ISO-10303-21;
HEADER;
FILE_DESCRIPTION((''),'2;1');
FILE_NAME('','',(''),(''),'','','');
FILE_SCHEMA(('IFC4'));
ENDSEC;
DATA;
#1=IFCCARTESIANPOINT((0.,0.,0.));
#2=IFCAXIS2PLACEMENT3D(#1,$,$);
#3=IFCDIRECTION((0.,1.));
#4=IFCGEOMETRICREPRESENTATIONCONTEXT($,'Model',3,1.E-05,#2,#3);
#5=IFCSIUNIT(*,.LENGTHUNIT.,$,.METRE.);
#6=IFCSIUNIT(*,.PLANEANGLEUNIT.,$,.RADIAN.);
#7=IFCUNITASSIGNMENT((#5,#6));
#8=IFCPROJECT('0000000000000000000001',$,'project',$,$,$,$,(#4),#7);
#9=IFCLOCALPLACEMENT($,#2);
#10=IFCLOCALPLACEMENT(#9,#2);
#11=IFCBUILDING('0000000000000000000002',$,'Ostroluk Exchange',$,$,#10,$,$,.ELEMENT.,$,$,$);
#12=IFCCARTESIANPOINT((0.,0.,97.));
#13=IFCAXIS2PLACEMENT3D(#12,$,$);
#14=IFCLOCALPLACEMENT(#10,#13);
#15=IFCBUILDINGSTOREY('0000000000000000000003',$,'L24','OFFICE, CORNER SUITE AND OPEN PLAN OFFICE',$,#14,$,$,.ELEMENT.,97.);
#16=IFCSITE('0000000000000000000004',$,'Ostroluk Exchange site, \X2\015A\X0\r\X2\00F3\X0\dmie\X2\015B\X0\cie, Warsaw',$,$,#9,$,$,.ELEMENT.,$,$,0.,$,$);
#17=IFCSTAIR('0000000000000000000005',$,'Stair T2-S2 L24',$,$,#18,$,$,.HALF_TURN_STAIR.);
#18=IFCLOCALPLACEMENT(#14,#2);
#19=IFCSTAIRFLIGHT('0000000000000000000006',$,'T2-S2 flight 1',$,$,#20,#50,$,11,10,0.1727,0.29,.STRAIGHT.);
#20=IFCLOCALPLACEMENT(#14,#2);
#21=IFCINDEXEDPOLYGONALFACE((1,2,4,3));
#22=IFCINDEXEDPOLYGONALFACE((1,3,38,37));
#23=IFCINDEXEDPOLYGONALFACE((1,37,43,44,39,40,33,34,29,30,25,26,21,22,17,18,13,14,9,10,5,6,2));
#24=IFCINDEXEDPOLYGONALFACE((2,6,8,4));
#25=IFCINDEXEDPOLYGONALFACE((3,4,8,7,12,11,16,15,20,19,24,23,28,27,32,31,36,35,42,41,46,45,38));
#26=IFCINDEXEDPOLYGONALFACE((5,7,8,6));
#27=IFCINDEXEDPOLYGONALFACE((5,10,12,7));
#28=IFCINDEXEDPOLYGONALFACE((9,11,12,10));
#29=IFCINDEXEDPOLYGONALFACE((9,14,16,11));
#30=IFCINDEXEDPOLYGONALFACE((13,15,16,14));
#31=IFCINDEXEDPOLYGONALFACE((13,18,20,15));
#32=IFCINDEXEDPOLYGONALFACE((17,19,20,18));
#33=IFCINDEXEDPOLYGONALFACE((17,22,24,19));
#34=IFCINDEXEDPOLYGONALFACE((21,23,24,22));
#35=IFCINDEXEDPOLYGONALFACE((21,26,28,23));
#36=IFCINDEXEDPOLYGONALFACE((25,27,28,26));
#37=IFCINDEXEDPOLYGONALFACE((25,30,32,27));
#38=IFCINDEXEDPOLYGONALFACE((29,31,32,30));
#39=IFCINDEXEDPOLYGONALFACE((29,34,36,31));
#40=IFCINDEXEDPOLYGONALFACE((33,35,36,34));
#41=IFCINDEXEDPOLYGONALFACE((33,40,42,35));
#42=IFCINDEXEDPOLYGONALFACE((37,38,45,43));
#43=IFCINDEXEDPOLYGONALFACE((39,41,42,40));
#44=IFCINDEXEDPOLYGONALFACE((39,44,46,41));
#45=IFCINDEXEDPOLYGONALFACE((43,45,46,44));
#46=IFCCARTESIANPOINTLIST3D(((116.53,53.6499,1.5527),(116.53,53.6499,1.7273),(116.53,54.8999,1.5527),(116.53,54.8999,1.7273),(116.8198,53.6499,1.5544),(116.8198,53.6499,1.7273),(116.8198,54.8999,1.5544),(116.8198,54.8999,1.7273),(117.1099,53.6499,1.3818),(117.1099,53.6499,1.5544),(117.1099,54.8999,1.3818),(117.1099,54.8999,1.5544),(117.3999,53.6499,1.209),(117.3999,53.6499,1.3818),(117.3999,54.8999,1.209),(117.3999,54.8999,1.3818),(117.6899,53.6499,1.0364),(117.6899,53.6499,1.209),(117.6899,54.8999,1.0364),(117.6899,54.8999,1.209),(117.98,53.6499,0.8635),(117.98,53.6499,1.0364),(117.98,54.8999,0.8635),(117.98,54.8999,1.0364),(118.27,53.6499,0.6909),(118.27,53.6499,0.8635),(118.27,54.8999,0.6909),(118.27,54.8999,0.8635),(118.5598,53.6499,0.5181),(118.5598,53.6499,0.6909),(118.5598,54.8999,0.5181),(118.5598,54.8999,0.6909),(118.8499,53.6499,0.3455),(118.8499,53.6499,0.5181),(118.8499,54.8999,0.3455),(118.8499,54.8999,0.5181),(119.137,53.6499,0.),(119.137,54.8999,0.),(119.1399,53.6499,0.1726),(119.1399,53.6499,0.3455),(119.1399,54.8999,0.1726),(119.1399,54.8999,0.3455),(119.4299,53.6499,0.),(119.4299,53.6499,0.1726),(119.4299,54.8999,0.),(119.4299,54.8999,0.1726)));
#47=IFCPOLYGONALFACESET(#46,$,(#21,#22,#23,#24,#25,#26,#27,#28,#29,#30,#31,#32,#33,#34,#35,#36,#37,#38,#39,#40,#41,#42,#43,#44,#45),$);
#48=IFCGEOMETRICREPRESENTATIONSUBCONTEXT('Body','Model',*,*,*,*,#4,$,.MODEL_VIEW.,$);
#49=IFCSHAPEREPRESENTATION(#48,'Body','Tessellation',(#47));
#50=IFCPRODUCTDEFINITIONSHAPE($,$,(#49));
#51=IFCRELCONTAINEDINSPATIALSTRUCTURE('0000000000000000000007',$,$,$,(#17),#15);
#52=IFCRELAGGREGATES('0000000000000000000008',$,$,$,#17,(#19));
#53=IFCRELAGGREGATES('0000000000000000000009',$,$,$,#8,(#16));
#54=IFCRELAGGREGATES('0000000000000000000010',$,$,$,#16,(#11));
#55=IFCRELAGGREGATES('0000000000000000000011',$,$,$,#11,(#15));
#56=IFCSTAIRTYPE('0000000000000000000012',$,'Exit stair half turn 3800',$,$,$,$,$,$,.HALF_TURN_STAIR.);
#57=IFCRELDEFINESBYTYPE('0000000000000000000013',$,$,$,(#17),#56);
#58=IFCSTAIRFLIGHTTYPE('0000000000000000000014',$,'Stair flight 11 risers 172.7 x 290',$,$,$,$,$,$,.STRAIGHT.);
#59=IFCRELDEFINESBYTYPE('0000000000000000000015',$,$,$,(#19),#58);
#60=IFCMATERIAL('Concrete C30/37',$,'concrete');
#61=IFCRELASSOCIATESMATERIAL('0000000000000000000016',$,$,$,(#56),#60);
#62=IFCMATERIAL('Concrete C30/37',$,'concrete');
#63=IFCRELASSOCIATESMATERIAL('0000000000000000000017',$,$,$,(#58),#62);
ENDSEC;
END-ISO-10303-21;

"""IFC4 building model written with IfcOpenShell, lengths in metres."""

from ifc_helpers import new_model, si_unit, direction, frame, origin, place, context, subcontext, project, spatial, polyline, outline, extrude, material, type_object, element, aggregate, save


model = new_model("IFC4")

# Units and contexts
model_context = context("Model", 3, precision=1e-05, world=origin(), true_north=direction((0.0, 1.0)))
body_context = subcontext(model_context, "Body", "Model", "MODEL_VIEW")
ifc_project = project(units=[si_unit("LENGTHUNIT", "METRE"), si_unit("PLANEANGLEUNIT", "RADIAN")], contexts=[model_context])

# Site, building, storey
site_placement = place(None, origin())
site = spatial("IfcSite", under=ifc_project, at=site_placement, Name="Ostroluk Exchange site, Śródmieście, Warsaw", CompositionType="ELEMENT", RefElevation=0.0)
building_placement = place(site_placement, origin())
building = spatial("IfcBuilding", under=site, at=building_placement, Name="Ostroluk Exchange", CompositionType="ELEMENT")
storey_placement = place(building_placement, frame((0.0, 0.0, 97.0)))
storey = spatial("IfcBuildingStorey", under=building, at=storey_placement, Name="L24", Description="OFFICE, CORNER SUITE AND OPEN PLAN OFFICE", CompositionType="ELEMENT", Elevation=97.0)

# Stair, stair flight
ifc_material_1 = material(Name="Concrete C30/37", Category="concrete")
stair_type = type_object("IfcStairType", Name="Exit stair half turn 3800", PredefinedType="HALF_TURN_STAIR", material=ifc_material_1)
stair_placement = place(storey_placement, origin())
stair = element("IfcStair", 1, at=stair_placement, inside=storey, type_object=stair_type, Name="Stair T2-S2 L24", PredefinedType="HALF_TURN_STAIR")
ifc_material_2 = material(Name="Concrete C30/37", Category="concrete")
stair_flight_type = type_object("IfcStairFlightType", Name="Stair flight 11 risers 172.7 x 290", PredefinedType="STRAIGHT", material=ifc_material_2)
stair_flight_placement = place(storey_placement, frame((119.4299, 54.2749, 0.0), z_axis=(0.0, 0.0, 1.0), x_axis=(-1.0, 0.0, 0.0)))
stair_flight = element("IfcStairFlight", 2, at=stair_flight_placement, type_object=stair_flight_type, Name="T2-S2 flight 1", NumberOfRisers=11, NumberOfTreads=10, PredefinedType="STRAIGHT", RiserHeight=0.1727, TreadLength=0.29, context=body_context, shape_type="SweptSolid", body=[
    extrude(outline(polyline([(0.0, 0.0), (0.0, 0.1726), (0.29, 0.1726), (0.29, 0.3455), (0.5801, 0.3455), (0.5801, 0.5181), (0.8701, 0.5181), (0.8701, 0.6909), (1.1599, 0.6909), (1.1599, 0.8635), (1.45, 0.8635), (1.45, 1.0364), (1.74, 1.0364), (1.74, 1.209), (2.03, 1.209), (2.03, 1.3818), (2.3201, 1.3818), (2.3201, 1.5544), (2.6101, 1.5544), (2.6101, 1.7273), (2.8999, 1.7273), (2.8999, 1.8999), (2.8999, 1.5527), (0.293, 0.0), (0.0, 0.0)])), frame((0.0, 0.625, 0.0), z_axis=(0.0, -1.0, 0.0), x_axis=(1.0, 0.0, 0.0)), (0.0, 0.0, 1.0), 1.25),
])
aggregate(stair, [stair_flight])

save(model, "model.ifc")
